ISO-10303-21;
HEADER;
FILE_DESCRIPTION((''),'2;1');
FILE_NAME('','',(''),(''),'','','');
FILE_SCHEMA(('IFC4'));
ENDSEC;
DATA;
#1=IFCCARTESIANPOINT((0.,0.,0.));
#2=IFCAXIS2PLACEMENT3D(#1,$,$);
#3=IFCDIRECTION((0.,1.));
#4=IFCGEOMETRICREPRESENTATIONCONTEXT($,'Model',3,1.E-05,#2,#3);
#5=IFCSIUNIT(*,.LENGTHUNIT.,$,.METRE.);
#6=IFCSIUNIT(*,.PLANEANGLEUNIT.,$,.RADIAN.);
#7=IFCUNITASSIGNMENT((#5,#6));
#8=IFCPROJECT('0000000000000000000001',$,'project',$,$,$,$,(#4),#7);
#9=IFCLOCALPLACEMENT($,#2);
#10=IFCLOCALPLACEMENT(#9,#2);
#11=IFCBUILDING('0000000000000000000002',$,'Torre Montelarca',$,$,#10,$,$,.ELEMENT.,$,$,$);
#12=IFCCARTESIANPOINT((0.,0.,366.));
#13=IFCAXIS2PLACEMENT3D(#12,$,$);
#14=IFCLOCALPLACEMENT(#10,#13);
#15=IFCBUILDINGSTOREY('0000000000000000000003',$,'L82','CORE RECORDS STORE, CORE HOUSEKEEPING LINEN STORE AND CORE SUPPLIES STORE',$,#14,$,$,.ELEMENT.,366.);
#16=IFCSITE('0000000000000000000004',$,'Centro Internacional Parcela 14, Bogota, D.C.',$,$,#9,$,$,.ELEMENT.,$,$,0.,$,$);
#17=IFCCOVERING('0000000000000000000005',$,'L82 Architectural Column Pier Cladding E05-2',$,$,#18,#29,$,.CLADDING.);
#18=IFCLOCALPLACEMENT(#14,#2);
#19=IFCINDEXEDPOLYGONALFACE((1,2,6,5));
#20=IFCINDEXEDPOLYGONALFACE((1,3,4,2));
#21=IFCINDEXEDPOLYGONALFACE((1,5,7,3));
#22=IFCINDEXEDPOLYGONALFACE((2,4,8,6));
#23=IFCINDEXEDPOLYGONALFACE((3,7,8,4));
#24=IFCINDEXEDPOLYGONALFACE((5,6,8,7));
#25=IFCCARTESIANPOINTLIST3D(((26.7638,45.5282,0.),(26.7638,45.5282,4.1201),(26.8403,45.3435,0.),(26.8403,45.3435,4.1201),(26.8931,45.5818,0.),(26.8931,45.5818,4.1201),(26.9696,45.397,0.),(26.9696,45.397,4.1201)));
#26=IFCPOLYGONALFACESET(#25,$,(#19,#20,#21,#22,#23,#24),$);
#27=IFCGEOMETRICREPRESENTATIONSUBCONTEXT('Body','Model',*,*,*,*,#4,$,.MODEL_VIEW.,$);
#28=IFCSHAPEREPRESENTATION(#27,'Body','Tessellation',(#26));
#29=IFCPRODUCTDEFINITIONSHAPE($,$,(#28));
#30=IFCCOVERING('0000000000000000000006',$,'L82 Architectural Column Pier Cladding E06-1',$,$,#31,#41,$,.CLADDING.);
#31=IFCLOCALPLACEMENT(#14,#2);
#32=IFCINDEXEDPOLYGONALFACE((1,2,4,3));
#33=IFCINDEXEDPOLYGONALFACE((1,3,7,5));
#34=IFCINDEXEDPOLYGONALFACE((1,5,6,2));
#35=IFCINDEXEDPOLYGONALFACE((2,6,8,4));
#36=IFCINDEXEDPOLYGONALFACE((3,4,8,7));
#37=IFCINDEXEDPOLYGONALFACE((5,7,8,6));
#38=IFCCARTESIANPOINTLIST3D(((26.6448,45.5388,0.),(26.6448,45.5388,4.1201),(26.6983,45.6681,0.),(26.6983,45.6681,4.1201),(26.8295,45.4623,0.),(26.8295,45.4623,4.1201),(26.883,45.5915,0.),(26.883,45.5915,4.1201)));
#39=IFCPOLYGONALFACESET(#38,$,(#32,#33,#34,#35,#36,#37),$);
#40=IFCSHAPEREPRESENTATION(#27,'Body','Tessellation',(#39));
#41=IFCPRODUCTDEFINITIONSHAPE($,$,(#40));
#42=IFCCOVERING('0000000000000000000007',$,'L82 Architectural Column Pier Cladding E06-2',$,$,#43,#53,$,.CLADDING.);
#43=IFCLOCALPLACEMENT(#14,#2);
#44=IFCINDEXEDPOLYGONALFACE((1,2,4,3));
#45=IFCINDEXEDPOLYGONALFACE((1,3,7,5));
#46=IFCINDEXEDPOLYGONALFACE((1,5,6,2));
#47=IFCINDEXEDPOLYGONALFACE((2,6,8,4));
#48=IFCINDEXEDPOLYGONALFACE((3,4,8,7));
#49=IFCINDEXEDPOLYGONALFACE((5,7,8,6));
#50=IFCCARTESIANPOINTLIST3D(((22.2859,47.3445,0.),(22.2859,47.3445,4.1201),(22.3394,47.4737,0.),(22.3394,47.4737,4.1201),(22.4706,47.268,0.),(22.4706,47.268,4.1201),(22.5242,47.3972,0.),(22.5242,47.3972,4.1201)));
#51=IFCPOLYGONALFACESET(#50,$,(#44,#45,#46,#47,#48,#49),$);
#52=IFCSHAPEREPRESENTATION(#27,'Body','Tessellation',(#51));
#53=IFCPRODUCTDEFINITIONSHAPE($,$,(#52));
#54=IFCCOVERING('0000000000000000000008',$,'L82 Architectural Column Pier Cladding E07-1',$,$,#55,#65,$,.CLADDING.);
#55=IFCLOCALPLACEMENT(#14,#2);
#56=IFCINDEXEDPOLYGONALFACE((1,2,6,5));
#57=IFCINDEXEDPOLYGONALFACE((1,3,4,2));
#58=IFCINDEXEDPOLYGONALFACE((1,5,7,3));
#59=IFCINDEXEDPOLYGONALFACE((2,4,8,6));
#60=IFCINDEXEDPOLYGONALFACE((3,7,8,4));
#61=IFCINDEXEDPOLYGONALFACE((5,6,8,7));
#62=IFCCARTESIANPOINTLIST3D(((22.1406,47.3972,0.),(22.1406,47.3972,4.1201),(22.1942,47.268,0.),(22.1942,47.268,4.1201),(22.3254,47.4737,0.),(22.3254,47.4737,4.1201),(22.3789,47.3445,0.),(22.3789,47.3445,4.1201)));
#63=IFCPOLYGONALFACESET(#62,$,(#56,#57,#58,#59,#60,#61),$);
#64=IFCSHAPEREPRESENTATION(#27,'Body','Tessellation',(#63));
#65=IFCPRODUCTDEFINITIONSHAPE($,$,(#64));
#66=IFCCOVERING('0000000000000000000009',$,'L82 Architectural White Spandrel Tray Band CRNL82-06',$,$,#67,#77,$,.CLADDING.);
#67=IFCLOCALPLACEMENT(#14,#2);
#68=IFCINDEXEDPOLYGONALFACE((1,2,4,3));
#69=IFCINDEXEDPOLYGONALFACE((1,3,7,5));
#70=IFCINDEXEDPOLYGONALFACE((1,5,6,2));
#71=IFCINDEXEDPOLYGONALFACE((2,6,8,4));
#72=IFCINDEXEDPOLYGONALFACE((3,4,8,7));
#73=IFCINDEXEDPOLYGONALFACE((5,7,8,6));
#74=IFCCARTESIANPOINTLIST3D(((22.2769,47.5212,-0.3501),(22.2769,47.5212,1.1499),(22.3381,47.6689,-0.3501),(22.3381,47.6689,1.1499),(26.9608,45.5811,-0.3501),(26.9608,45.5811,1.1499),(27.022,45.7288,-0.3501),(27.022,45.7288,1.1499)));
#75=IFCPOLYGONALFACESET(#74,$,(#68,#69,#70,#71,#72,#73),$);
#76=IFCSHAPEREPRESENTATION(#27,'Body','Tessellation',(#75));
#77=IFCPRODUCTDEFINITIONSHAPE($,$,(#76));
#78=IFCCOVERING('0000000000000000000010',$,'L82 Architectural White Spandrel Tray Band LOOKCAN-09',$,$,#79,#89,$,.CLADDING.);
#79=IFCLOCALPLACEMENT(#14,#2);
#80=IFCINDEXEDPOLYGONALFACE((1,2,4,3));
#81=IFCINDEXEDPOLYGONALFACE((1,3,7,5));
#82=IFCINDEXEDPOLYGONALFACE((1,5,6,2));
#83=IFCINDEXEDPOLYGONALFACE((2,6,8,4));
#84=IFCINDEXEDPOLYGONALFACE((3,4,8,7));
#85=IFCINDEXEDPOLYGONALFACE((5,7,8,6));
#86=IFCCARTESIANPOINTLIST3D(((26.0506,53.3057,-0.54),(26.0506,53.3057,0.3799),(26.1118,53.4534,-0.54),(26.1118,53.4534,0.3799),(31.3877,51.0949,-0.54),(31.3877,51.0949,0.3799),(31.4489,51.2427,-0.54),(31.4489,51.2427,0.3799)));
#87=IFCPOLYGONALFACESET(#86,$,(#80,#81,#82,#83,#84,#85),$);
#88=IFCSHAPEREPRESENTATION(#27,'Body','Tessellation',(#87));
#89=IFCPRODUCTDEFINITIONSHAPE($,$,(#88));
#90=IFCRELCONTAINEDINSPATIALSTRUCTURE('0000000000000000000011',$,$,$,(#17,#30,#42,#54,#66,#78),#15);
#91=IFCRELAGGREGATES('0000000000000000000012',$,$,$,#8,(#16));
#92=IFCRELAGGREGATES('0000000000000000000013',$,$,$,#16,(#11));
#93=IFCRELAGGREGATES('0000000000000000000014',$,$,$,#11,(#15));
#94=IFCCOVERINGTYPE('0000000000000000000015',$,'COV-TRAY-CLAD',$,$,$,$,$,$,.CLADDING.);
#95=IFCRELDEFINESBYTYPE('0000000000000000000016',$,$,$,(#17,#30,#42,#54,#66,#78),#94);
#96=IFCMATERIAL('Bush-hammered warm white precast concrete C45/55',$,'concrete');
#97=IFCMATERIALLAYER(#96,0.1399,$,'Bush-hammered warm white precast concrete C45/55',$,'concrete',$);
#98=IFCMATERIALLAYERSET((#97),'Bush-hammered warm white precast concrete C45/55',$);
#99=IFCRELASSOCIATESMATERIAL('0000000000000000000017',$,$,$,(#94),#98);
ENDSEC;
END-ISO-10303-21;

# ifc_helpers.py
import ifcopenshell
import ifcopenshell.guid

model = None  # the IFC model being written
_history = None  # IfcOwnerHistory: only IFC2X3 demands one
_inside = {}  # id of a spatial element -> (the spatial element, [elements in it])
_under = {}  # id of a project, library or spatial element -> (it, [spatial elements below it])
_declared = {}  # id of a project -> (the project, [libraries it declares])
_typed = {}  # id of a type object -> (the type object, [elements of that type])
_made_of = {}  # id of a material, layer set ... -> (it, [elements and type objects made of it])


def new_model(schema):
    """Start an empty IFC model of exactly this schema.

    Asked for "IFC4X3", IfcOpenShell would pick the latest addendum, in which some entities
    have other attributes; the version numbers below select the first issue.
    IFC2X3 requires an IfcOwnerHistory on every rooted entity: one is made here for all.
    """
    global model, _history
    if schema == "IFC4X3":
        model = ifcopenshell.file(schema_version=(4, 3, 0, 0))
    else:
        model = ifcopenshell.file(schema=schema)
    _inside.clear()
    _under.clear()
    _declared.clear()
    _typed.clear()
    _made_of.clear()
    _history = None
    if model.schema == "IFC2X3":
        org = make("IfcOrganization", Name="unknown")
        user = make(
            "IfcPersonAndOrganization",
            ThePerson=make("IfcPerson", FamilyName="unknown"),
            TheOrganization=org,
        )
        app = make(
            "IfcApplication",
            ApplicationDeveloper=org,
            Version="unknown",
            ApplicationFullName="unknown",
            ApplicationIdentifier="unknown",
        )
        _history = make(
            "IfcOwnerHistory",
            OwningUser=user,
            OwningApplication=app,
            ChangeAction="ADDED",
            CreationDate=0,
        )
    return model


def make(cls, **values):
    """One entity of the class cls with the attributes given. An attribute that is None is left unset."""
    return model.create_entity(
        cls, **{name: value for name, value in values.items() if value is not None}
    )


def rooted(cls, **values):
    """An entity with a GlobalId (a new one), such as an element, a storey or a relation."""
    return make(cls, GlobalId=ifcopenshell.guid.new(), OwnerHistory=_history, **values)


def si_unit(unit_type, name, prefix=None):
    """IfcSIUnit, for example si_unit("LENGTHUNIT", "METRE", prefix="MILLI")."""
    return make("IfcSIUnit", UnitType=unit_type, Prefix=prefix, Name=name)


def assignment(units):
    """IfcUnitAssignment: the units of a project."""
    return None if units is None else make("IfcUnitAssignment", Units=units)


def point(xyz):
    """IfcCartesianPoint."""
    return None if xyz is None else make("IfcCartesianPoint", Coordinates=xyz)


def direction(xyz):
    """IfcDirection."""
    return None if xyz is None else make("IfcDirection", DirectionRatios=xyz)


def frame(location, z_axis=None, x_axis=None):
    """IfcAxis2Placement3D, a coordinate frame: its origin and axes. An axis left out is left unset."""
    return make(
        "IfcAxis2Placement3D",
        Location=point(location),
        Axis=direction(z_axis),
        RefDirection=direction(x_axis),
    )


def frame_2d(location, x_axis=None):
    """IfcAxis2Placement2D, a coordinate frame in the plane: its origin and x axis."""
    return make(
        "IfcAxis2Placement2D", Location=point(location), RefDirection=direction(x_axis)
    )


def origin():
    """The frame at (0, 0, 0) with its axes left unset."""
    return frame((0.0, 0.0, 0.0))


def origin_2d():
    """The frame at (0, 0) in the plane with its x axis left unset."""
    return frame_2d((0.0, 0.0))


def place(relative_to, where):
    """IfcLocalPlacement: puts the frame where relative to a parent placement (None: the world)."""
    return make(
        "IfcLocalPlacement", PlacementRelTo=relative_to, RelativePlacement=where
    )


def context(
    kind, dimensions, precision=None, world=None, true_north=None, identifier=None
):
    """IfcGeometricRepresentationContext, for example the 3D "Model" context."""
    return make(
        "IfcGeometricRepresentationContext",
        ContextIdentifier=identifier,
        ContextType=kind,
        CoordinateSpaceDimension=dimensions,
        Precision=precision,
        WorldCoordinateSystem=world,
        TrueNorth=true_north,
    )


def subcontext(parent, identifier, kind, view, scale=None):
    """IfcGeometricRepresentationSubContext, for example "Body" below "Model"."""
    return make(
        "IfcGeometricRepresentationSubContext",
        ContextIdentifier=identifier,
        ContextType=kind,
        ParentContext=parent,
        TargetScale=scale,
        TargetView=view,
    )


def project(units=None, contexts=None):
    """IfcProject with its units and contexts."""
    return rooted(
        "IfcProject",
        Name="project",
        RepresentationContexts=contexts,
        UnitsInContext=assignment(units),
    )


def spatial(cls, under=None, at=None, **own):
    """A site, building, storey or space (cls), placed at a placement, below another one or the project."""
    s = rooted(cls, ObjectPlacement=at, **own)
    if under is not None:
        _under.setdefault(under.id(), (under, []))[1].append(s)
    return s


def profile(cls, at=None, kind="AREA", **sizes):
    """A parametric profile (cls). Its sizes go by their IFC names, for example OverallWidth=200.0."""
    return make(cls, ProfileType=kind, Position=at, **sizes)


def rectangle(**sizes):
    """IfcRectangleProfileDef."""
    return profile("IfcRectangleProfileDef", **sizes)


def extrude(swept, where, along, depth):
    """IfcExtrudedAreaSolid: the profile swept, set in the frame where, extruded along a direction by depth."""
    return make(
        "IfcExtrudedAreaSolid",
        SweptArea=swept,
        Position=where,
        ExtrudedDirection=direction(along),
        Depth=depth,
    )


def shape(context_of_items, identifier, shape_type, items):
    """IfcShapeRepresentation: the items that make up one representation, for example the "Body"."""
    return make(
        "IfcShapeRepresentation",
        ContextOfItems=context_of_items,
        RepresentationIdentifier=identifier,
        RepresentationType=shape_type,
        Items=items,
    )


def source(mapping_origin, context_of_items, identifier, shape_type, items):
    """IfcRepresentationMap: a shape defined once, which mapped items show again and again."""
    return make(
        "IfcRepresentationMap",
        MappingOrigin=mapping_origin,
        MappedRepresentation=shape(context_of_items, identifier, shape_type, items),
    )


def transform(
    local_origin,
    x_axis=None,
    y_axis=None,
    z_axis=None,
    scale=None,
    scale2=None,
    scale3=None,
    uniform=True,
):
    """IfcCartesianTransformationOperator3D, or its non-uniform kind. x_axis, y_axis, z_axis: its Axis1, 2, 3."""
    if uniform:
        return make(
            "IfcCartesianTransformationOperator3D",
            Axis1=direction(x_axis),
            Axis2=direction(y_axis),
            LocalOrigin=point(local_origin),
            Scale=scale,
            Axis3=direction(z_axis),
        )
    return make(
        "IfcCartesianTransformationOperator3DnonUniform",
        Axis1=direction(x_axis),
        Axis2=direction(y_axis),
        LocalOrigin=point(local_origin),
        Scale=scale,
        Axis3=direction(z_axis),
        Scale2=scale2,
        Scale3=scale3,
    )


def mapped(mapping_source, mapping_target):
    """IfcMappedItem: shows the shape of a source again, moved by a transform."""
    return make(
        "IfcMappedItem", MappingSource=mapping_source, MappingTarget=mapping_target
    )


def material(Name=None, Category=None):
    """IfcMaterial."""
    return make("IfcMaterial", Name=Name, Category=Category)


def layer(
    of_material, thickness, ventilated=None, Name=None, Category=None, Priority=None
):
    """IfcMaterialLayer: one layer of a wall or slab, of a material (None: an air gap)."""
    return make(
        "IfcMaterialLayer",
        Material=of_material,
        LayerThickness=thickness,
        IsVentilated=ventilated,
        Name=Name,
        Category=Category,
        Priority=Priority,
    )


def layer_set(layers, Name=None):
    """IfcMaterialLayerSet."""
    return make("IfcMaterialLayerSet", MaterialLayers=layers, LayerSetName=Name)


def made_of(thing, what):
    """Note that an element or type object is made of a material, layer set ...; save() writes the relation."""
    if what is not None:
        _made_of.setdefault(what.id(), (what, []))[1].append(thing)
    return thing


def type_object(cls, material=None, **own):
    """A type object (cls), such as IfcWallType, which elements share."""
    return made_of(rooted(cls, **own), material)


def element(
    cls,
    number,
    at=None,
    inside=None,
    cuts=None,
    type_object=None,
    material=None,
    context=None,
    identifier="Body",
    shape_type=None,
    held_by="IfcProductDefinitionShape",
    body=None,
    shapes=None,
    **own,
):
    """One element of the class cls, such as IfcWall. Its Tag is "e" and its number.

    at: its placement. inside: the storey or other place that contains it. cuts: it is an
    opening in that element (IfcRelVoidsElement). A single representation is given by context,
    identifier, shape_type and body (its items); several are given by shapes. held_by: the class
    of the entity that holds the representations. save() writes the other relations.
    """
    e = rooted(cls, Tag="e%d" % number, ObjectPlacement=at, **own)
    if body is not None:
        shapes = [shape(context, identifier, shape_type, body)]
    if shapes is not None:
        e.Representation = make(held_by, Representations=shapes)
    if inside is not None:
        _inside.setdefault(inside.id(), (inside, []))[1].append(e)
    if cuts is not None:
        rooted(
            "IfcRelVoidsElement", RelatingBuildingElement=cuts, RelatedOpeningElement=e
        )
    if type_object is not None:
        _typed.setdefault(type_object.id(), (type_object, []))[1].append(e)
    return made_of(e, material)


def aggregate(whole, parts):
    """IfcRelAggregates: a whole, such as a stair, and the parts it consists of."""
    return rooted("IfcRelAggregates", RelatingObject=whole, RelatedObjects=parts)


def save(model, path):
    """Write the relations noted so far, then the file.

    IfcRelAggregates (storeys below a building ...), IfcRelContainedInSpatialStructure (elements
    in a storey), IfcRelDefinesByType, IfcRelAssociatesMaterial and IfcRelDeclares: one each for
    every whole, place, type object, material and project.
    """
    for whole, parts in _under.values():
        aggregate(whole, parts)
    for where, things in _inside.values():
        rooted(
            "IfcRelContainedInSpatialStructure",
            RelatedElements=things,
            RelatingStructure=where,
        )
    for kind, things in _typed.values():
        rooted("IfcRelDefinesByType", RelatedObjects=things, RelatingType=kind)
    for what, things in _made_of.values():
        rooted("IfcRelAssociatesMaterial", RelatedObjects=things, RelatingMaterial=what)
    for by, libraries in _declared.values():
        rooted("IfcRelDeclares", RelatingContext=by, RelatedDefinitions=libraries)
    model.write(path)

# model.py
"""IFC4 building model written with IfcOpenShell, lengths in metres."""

from ifc_helpers import new_model, si_unit, direction, frame, origin, origin_2d, place, context, subcontext, project, spatial, rectangle, extrude, source, transform, mapped, material, layer, layer_set, type_object, element, save


model = new_model("IFC4")

# Units and contexts
model_context = context("Model", 3, precision=1e-05, world=origin(), true_north=direction((0.0, 1.0)))
body_context = subcontext(model_context, "Body", "Model", "MODEL_VIEW")
ifc_project = project(units=[si_unit("LENGTHUNIT", "METRE"), si_unit("PLANEANGLEUNIT", "RADIAN")], contexts=[model_context])

# Site, building, storey
site_placement = place(None, origin())
site = spatial("IfcSite", under=ifc_project, at=site_placement, Name="Centro Internacional Parcela 14, Bogota, D.C.", CompositionType="ELEMENT", RefElevation=0.0)
building_placement = place(site_placement, origin())
building = spatial("IfcBuilding", under=site, at=building_placement, Name="Torre Montelarca", CompositionType="ELEMENT")
storey_placement = place(building_placement, frame((0.0, 0.0, 366.0)))
storey = spatial("IfcBuildingStorey", under=building, at=storey_placement, Name="L82", Description="CORE RECORDS STORE, CORE HOUSEKEEPING LINEN STORE AND CORE SUPPLIES STORE", CompositionType="ELEMENT", Elevation=366.0)

# Coverings
ifc_material_1 = material(Name="Bush-hammered warm white precast concrete C45/55", Category="concrete")
ifc_layer_1 = layer(ifc_material_1, 0.1399, Name="Bush-hammered warm white precast concrete C45/55", Category="concrete")
ifc_layer_set_1 = layer_set([ifc_layer_1], Name="Bush-hammered warm white precast concrete C45/55")
covering_type = type_object("IfcCoveringType", Name="COV-TRAY-CLAD", PredefinedType="CLADDING", material=ifc_layer_set_1)
shared_shape_1 = source(origin(), body_context, "Body", "SweptSolid", [
    extrude(rectangle(XDim=0.2, YDim=0.1399, at=origin_2d()), origin(), (0.0, 0.0, 1.0), 4.1201),
])
for number, where, z_axis, x_axis, name in (
    (1, (26.8667, 45.4626, 0.0), (0.0, 0.0, 1.0), (-0.382685, 0.923879, 0.0), "L82 Architectural Column Pier Cladding E05-2"),
    (2, (26.7639, 45.5652, 0.0), (0.0, 0.0, 1.0), (-0.923879, 0.382685, 0.0), "L82 Architectural Column Pier Cladding E06-1"),
    (3, (22.405, 47.3708, 0.0), (0.0, 0.0, 1.0), (-0.923879, 0.382685, 0.0), "L82 Architectural Column Pier Cladding E06-2"),
    (4, (22.2598, 47.3708, 0.0), (0.0, 0.0, 1.0), (-0.923878, -0.382687, 0.0), "L82 Architectural Column Pier Cladding E07-1"),
):
    element("IfcCovering", number, at=place(storey_placement, frame(where, z_axis=z_axis, x_axis=x_axis)), inside=storey, type_object=covering_type, Name=name, PredefinedType="CLADDING", context=body_context, shape_type="MappedRepresentation", body=[
        mapped(shared_shape_1, transform((0.0, 0.0, 0.0), scale=1.0)),
    ])
shared_shape_2 = source(origin(), body_context, "Body", "SweptSolid", [
    extrude(rectangle(XDim=5.0698, YDim=0.1599, at=origin_2d()), origin(), (0.0, 0.0, 1.0), 1.5),
])
covering_1_placement = place(storey_placement, frame((24.6494, 46.625, -0.3501), z_axis=(0.0, 0.0, 1.0), x_axis=(-0.92388, 0.382683, 0.0)))
element("IfcCovering", 5, at=covering_1_placement, inside=storey, type_object=covering_type, Name="L82 Architectural White Spandrel Tray Band CRNL82-06", PredefinedType="CLADDING", context=body_context, shape_type="MappedRepresentation", body=[
    mapped(shared_shape_2, transform((0.0, 0.0, 0.0), scale=1.0)),
])
shared_shape_3 = source(origin(), body_context, "Body", "SweptSolid", [
    extrude(rectangle(XDim=5.7769, YDim=0.1599, at=origin_2d()), origin(), (0.0, 0.0, 1.0), 0.9199),
])
covering_2_placement = place(storey_placement, frame((28.7498, 52.2742, -0.54), z_axis=(0.0, 0.0, 1.0), x_axis=(-0.923878, 0.382688, 0.0)))
element("IfcCovering", 6, at=covering_2_placement, inside=storey, type_object=covering_type, Name="L82 Architectural White Spandrel Tray Band LOOKCAN-09", PredefinedType="CLADDING", context=body_context, shape_type="MappedRepresentation", body=[
    mapped(shared_shape_3, transform((0.0, 0.0, 0.0), scale=1.0)),
])

save(model, "model.ifc")
